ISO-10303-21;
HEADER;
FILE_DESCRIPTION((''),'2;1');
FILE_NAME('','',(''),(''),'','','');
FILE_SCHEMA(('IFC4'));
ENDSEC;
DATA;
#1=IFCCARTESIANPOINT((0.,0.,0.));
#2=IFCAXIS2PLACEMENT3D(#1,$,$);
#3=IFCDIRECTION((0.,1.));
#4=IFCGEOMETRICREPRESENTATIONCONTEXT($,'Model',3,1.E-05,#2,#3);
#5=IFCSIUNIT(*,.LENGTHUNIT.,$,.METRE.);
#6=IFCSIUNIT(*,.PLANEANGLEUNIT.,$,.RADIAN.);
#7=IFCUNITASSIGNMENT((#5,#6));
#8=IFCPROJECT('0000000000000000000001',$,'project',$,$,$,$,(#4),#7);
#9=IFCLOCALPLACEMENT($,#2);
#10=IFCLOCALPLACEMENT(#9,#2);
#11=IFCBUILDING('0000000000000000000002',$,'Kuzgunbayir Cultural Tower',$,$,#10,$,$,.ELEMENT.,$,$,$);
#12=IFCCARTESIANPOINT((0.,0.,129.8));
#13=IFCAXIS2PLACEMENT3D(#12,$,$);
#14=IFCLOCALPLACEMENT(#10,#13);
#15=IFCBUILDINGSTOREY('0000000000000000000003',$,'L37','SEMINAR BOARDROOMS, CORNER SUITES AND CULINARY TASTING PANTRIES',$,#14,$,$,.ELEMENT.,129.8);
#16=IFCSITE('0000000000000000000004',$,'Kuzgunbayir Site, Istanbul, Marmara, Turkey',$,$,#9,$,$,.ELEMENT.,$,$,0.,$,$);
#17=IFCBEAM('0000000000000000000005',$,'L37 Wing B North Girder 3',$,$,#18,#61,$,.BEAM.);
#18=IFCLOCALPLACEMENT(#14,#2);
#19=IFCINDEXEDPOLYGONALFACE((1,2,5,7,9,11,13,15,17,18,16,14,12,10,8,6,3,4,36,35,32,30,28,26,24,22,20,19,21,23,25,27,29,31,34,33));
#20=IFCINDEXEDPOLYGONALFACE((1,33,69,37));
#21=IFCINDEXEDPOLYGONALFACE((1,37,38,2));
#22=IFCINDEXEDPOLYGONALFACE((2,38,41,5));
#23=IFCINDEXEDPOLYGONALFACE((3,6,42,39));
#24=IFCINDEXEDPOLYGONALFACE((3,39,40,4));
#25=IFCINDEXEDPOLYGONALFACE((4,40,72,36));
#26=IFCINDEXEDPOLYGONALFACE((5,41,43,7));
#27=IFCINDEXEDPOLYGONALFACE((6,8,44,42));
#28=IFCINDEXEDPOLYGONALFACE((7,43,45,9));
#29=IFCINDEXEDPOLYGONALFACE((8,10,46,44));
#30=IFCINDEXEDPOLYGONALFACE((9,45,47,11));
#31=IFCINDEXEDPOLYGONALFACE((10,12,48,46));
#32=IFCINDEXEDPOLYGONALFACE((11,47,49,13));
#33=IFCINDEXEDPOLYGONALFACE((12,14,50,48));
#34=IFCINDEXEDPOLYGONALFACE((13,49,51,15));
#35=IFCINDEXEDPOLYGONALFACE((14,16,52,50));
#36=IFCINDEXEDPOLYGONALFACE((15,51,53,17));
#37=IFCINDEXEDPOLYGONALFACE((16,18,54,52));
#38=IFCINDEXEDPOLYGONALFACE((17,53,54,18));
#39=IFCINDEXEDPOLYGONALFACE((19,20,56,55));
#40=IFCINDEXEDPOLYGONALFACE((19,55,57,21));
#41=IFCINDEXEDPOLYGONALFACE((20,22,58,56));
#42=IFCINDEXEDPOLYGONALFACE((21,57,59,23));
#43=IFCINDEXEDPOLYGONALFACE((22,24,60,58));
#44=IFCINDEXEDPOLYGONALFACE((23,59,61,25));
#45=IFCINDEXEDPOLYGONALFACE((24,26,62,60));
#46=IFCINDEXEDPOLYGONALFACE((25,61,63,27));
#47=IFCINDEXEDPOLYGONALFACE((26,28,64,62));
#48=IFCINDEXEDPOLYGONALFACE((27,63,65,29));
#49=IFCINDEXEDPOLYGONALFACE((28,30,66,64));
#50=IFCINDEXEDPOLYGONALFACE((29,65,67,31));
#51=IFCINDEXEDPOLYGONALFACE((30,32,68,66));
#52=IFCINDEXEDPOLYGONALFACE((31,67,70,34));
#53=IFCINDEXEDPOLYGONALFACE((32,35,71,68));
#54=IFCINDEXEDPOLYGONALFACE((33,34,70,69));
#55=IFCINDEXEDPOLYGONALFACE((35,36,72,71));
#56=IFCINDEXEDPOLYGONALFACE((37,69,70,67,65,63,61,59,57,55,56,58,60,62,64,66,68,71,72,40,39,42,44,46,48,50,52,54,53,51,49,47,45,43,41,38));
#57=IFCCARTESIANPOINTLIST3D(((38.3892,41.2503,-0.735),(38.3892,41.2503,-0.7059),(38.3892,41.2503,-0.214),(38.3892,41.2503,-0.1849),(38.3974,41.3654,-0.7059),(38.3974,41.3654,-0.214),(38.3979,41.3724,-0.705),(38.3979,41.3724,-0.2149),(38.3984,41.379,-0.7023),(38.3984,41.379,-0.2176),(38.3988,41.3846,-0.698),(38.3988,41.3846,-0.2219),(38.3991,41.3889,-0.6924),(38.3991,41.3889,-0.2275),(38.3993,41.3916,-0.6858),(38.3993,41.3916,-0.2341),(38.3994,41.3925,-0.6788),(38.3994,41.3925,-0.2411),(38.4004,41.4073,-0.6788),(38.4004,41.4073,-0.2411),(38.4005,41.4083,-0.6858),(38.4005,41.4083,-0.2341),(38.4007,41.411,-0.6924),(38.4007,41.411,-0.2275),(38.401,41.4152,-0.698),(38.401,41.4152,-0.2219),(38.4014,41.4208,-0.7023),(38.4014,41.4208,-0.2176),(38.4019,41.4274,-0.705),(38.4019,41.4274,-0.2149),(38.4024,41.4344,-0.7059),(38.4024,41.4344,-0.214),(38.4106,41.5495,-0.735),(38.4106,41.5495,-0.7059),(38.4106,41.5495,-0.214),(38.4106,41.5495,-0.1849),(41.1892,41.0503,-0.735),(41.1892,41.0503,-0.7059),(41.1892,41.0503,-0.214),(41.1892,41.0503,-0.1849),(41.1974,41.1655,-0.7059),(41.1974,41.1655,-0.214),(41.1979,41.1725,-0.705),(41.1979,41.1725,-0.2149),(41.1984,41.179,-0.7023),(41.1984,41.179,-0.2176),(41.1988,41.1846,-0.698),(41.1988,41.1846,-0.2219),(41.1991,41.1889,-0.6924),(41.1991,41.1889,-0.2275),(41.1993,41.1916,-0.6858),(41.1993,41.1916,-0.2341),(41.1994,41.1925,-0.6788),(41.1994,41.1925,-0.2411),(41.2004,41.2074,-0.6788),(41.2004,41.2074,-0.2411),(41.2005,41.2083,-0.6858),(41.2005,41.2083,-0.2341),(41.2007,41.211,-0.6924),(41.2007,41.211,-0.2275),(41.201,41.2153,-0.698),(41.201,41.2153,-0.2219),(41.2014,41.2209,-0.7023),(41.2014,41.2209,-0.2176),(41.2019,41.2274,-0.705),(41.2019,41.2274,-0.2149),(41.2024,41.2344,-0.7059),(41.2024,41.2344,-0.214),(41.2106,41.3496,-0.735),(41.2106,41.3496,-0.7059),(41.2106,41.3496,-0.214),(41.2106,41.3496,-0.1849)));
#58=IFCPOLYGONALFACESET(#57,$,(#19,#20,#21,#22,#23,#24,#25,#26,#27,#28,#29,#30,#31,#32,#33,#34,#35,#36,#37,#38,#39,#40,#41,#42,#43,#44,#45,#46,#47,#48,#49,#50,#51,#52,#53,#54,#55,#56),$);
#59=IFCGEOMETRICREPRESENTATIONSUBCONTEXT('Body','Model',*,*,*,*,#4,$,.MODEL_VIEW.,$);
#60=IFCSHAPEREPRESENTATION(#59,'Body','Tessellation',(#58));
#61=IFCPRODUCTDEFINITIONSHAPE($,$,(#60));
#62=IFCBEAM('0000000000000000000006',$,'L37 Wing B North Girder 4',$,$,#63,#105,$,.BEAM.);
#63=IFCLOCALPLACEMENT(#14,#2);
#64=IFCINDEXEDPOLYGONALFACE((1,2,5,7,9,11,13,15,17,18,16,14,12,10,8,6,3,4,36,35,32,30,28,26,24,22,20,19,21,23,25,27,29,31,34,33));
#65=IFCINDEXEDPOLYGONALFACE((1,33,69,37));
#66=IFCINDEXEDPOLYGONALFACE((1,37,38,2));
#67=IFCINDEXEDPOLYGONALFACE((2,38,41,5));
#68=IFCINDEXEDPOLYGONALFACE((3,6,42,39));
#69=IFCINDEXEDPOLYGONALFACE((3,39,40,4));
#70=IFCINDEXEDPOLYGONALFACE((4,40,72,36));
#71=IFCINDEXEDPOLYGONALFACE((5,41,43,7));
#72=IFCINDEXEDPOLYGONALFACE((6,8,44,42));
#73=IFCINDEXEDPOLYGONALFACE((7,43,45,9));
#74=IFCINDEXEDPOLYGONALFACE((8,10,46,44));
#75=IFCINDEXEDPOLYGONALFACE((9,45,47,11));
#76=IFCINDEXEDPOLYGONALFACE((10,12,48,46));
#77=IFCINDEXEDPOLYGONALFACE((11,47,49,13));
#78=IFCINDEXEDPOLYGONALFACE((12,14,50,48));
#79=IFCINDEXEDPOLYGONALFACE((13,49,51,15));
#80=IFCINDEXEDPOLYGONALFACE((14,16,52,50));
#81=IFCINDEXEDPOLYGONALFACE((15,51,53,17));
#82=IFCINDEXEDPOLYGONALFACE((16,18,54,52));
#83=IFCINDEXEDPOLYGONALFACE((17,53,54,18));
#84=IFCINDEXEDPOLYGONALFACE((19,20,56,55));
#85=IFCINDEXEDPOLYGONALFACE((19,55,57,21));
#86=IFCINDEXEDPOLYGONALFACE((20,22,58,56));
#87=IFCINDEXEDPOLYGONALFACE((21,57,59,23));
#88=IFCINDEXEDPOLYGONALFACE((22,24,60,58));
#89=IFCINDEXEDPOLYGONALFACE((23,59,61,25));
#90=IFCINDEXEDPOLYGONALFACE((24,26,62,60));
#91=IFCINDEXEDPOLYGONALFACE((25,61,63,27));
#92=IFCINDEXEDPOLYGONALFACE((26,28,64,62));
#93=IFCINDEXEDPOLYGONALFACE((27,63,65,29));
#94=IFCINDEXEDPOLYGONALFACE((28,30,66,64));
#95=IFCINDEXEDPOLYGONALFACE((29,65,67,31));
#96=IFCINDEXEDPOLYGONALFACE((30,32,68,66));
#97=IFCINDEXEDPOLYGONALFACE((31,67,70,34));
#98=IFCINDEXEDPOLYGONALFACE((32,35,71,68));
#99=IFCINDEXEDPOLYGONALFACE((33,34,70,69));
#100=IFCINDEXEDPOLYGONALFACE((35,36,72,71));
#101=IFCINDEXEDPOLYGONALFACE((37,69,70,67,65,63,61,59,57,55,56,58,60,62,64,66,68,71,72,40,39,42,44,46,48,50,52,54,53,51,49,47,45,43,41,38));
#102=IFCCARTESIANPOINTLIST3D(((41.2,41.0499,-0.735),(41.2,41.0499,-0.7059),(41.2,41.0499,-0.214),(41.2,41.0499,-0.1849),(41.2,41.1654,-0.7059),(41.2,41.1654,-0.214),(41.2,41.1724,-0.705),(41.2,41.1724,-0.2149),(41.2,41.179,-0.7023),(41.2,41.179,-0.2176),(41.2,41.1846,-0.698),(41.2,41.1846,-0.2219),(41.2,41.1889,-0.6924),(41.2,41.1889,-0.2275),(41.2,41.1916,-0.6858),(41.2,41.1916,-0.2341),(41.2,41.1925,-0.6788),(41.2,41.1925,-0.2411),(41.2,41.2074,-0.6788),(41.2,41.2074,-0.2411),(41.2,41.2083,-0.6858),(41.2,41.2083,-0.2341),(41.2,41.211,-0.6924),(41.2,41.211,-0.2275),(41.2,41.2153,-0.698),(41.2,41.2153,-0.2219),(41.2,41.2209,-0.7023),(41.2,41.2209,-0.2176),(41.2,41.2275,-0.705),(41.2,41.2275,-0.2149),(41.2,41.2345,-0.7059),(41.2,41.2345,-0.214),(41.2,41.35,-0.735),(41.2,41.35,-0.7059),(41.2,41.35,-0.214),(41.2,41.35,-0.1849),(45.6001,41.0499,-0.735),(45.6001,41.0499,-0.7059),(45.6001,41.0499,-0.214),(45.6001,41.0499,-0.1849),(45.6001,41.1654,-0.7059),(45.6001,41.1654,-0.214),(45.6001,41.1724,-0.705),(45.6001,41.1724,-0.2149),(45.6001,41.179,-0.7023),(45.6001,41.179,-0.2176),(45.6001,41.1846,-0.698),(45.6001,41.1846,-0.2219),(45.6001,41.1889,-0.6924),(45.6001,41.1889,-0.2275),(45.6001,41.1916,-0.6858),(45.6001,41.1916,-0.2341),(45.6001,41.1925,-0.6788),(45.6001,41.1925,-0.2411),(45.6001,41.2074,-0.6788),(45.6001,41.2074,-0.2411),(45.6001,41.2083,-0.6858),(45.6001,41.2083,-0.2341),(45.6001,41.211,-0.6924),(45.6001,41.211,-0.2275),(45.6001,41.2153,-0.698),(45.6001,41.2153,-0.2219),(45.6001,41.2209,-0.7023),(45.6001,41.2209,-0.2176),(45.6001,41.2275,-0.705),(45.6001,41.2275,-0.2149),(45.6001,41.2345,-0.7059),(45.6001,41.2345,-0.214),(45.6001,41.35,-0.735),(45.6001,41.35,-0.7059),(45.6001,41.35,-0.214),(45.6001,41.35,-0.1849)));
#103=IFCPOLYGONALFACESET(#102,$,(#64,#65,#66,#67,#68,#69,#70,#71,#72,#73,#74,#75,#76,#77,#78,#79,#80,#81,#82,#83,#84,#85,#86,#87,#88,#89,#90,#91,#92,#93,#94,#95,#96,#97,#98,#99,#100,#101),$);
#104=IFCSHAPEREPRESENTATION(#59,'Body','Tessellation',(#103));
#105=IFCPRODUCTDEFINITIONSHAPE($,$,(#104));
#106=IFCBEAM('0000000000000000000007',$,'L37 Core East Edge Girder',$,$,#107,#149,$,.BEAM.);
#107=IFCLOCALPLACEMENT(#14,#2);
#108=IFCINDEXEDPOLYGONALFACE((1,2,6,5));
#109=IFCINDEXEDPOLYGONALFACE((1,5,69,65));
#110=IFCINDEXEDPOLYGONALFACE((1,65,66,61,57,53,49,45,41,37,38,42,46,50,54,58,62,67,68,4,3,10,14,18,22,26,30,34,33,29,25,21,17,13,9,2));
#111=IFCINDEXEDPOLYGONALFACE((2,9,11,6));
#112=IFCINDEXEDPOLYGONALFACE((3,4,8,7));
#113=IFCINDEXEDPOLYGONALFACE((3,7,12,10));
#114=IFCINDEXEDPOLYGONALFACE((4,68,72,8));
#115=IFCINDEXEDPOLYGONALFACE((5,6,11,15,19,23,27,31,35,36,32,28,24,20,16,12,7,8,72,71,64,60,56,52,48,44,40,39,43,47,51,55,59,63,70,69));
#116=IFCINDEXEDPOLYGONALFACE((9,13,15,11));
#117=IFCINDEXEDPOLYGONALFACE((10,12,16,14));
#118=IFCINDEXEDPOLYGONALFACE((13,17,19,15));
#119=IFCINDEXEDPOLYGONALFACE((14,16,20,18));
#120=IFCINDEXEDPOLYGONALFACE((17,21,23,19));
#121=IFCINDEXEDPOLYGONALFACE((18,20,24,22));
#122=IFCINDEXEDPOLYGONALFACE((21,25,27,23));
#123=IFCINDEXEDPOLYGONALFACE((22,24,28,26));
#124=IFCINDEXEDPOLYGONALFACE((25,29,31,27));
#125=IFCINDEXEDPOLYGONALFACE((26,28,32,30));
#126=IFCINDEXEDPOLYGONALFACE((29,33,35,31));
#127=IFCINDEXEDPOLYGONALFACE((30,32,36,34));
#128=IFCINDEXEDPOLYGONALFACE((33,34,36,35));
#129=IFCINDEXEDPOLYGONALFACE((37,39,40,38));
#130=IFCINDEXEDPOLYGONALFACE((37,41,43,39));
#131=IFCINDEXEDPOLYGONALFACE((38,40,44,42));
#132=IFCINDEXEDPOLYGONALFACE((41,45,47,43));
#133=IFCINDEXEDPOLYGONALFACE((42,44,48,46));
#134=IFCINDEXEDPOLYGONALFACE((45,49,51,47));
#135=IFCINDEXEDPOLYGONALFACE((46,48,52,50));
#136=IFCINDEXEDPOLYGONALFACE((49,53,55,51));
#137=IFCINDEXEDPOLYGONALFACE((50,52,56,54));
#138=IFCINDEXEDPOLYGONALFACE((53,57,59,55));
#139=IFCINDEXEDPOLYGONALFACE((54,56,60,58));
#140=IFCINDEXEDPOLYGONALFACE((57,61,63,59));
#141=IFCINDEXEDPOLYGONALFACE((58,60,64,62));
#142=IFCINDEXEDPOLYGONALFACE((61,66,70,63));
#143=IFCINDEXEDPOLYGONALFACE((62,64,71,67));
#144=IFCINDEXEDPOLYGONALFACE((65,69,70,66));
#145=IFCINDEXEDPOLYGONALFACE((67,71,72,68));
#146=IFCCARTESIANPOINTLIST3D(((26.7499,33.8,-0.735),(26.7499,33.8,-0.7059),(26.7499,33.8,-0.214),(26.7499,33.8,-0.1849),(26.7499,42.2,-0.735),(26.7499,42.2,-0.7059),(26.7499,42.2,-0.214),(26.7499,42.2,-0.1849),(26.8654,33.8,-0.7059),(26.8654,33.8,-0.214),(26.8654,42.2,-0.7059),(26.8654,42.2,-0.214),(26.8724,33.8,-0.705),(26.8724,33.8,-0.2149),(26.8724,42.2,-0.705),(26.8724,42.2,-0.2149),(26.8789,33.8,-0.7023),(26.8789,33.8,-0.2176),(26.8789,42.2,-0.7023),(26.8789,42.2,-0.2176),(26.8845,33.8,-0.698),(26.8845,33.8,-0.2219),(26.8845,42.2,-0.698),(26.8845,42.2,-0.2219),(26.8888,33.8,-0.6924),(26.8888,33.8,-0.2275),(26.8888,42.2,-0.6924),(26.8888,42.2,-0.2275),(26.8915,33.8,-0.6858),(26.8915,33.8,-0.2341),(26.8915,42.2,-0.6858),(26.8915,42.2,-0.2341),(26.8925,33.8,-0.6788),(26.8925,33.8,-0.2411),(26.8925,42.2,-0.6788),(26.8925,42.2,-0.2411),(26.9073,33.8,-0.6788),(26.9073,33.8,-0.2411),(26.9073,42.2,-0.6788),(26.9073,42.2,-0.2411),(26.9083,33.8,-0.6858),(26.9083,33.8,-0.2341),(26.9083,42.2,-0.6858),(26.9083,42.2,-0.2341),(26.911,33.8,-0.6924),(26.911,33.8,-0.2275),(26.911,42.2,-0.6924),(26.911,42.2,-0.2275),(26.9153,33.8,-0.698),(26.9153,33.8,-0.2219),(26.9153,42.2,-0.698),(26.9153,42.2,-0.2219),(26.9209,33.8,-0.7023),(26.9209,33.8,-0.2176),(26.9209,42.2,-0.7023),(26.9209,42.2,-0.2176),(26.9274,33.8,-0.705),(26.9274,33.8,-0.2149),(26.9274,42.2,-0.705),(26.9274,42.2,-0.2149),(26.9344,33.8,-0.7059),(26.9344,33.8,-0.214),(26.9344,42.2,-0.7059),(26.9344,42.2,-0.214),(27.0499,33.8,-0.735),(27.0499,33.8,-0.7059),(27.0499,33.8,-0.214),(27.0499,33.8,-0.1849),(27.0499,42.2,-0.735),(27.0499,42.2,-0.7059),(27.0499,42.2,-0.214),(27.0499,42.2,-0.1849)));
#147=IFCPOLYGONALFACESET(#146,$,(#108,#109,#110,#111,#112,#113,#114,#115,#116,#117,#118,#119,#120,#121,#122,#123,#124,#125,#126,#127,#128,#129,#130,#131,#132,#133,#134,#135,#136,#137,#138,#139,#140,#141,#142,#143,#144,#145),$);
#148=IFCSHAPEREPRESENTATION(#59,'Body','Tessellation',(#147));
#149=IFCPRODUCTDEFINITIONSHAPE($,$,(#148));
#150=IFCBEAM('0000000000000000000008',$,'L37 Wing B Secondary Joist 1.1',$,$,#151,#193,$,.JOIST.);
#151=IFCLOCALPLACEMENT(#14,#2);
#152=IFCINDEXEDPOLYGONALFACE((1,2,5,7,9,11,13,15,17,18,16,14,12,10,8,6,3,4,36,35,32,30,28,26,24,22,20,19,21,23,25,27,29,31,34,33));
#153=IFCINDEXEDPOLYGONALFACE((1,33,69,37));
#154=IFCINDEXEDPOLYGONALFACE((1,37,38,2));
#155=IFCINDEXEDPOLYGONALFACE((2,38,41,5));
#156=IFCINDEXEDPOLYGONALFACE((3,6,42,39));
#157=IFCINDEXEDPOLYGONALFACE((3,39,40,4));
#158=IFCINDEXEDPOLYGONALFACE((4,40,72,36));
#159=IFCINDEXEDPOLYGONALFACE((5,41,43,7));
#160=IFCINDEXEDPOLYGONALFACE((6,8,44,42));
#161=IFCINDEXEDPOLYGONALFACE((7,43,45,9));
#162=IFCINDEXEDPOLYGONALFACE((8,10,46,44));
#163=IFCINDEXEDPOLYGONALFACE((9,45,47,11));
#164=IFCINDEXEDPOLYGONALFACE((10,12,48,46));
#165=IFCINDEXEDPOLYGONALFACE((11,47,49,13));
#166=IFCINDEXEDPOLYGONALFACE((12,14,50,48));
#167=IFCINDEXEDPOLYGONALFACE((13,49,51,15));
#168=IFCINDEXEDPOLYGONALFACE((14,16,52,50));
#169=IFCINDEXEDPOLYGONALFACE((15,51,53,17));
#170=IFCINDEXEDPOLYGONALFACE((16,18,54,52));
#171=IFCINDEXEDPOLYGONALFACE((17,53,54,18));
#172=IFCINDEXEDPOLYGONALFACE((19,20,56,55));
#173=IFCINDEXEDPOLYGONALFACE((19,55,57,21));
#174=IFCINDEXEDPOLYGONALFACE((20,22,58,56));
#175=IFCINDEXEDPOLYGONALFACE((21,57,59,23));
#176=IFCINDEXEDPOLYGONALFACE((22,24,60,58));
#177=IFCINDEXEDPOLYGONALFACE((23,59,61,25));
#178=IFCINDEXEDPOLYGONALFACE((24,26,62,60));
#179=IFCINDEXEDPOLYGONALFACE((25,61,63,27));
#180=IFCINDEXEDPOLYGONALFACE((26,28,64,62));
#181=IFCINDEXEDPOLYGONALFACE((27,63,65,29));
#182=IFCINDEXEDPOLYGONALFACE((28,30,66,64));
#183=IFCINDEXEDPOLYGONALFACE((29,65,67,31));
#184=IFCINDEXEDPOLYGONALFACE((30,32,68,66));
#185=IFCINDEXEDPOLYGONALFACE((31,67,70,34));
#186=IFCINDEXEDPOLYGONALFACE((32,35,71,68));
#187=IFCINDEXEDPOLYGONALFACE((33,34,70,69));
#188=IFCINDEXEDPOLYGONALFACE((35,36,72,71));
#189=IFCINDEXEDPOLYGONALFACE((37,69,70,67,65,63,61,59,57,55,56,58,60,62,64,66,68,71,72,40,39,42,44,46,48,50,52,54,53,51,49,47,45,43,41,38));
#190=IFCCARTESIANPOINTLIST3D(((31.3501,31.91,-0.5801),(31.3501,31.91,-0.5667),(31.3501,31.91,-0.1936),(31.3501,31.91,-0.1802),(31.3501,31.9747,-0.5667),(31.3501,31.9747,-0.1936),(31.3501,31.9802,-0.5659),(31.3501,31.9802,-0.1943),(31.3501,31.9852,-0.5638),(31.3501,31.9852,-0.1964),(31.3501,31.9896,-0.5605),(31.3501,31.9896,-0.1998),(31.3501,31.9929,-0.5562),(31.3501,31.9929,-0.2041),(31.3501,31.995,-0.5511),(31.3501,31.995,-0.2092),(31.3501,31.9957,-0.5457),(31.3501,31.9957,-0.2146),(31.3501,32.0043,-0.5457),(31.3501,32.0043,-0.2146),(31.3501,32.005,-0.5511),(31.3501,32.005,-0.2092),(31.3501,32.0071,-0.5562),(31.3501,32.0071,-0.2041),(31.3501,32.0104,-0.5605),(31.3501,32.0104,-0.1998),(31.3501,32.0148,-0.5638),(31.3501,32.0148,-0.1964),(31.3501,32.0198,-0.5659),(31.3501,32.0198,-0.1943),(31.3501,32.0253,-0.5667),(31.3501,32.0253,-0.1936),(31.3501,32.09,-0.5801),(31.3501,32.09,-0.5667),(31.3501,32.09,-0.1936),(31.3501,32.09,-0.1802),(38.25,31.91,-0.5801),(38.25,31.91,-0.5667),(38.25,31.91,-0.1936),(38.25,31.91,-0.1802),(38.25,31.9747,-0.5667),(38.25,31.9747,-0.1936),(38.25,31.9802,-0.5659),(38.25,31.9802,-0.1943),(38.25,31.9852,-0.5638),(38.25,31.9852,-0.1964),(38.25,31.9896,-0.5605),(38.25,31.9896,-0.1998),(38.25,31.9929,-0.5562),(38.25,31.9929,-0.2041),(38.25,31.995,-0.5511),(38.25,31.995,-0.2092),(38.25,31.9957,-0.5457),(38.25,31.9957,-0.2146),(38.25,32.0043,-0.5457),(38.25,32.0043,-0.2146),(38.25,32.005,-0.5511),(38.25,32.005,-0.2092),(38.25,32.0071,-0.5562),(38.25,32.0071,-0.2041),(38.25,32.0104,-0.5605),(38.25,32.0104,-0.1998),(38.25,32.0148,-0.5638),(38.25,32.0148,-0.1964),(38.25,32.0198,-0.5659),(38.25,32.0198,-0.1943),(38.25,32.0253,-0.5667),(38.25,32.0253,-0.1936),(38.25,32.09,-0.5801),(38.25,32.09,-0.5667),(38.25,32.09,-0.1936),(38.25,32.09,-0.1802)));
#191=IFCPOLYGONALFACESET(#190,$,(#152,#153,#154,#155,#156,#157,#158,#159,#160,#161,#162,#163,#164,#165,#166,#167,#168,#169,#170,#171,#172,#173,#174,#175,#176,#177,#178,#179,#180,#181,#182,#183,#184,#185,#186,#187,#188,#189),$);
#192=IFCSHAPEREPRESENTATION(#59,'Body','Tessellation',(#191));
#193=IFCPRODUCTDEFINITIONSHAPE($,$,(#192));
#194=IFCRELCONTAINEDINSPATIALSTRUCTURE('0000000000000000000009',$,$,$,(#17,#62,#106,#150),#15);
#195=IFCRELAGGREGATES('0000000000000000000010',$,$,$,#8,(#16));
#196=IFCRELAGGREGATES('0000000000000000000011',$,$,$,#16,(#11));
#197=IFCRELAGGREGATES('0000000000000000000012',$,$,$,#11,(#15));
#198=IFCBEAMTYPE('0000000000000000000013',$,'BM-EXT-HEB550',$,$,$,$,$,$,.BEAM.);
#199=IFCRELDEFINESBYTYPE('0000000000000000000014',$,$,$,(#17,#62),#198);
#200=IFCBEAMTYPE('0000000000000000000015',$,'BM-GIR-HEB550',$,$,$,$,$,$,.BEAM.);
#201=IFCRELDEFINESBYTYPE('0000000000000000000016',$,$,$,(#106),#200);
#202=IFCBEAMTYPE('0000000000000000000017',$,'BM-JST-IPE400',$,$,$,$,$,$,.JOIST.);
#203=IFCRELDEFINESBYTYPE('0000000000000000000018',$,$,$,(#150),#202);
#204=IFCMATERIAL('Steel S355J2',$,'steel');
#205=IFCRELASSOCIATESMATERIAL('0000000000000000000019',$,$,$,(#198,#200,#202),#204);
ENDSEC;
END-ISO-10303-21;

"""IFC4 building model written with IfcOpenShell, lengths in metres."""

from ifc_helpers import new_model, si_unit, direction, frame, origin, origin_2d, place, context, subcontext, project, spatial, i_section, extrude, material, material_profile, profile_set, type_object, element, save


model = new_model("IFC4")

# Units and contexts
model_context = context("Model", 3, precision=1e-05, world=origin(), true_north=direction((0.0, 1.0)))
body_context = subcontext(model_context, "Body", "Model", "MODEL_VIEW")
ifc_project = project(units=[si_unit("LENGTHUNIT", "METRE"), si_unit("PLANEANGLEUNIT", "RADIAN")], contexts=[model_context])

# Site, building, storey
site_placement = place(None, origin())
site = spatial("IfcSite", under=ifc_project, at=site_placement, Name="Kuzgunbayir Site, Istanbul, Marmara, Turkey", CompositionType="ELEMENT", RefElevation=0.0)
building_placement = place(site_placement, origin())
building = spatial("IfcBuilding", under=site, at=building_placement, Name="Kuzgunbayir Cultural Tower", CompositionType="ELEMENT")
storey_placement = place(building_placement, frame((0.0, 0.0, 129.8)))
storey = spatial("IfcBuildingStorey", under=building, at=storey_placement, Name="L37", Description="SEMINAR BOARDROOMS, CORNER SUITES AND CULINARY TASTING PANTRIES", CompositionType="ELEMENT", Elevation=129.8)

# Beams
ifc_material_1 = material(Name="Steel S355J2", Category="steel")
ifc_material_profile_1 = material_profile(ifc_material_1, i_section(OverallWidth=0.3, OverallDepth=0.55, WebThickness=0.0149, FlangeThickness=0.0291, FilletRadius=0.0271, at=origin_2d()), Name="HEB 550")
ifc_profile_set_1 = profile_set([ifc_material_profile_1], Name="Steel S355J2")
beam_type_1 = type_object("IfcBeamType", Name="BM-EXT-HEB550", PredefinedType="BEAM", material=ifc_profile_set_1)
beam_1_placement = place(storey_placement, frame((38.3999, 41.3999, -0.46), z_axis=(0.99746, -0.071229, 0.0), x_axis=(0.071229, 0.99746, 0.0)))
element("IfcBeam", 1, at=beam_1_placement, inside=storey, type_object=beam_type_1, Name="L37 Wing B North Girder 3", PredefinedType="BEAM", context=body_context, shape_type="SweptSolid", body=[
    extrude(i_section(OverallWidth=0.3, OverallDepth=0.55, WebThickness=0.0149, FlangeThickness=0.0291, FilletRadius=0.0271, at=origin_2d()), origin(), (0.0, 0.0, 1.0), 2.8071),
])
beam_2_placement = place(storey_placement, frame((41.2, 41.2, -0.46), z_axis=(1.0, 0.0, 0.0), x_axis=(0.0, 1.0, 0.0)))
element("IfcBeam", 2, at=beam_2_placement, inside=storey, type_object=beam_type_1, Name="L37 Wing B North Girder 4", PredefinedType="BEAM", context=body_context, shape_type="SweptSolid", body=[
    extrude(i_section(OverallWidth=0.3, OverallDepth=0.55, WebThickness=0.0149, FlangeThickness=0.0291, FilletRadius=0.0271, at=origin_2d()), origin(), (0.0, 0.0, 1.0), 4.4001),
])
ifc_material_profile_2 = material_profile(ifc_material_1, i_section(OverallWidth=0.3, OverallDepth=0.55, WebThickness=0.0149, FlangeThickness=0.0291, FilletRadius=0.0271, at=origin_2d()), Name="HEB 550")
ifc_profile_set_2 = profile_set([ifc_material_profile_2], Name="Steel S355J2")
beam_type_2 = type_object("IfcBeamType", Name="BM-GIR-HEB550", PredefinedType="BEAM", material=ifc_profile_set_2)
beam_3_placement = place(storey_placement, frame((26.8999, 33.8, -0.46), z_axis=(0.0, 1.0, 0.0), x_axis=(-1.0, 0.0, 0.0)))
element("IfcBeam", 3, at=beam_3_placement, inside=storey, type_object=beam_type_2, Name="L37 Core East Edge Girder", PredefinedType="BEAM", context=body_context, shape_type="SweptSolid", body=[
    extrude(i_section(OverallWidth=0.3, OverallDepth=0.55, WebThickness=0.0149, FlangeThickness=0.0291, FilletRadius=0.0271, at=origin_2d()), origin(), (0.0, 0.0, 1.0), 8.3999),
])
ifc_material_profile_3 = material_profile(ifc_material_1, i_section(OverallWidth=0.1799, OverallDepth=0.3999, WebThickness=0.0085, FlangeThickness=0.0134, FilletRadius=0.021, at=origin_2d()), Name="IPE 400")
ifc_profile_set_3 = profile_set([ifc_material_profile_3], Name="Steel S355J2")
beam_type_3 = type_object("IfcBeamType", Name="BM-JST-IPE400", PredefinedType="JOIST", material=ifc_profile_set_3)
for number, where, z_axis, x_axis, name in (
    (4, (31.3501, 32.0, -0.3801), (1.0, 0.0, 0.0), (0.0, 1.0, 0.0), "L37 Wing B Secondary Joist 1.1"),
):
    element("IfcBeam", number, at=place(storey_placement, frame(where, z_axis=z_axis, x_axis=x_axis)), inside=storey, type_object=beam_type_3, Name=name, PredefinedType="JOIST", context=body_context, shape_type="SweptSolid", body=[
        extrude(i_section(OverallWidth=0.1799, OverallDepth=0.3999, WebThickness=0.0085, FlangeThickness=0.0134, FilletRadius=0.021, at=origin_2d()), origin(), (0.0, 0.0, 1.0), 6.8999),
    ])

save(model, "model.ifc")
